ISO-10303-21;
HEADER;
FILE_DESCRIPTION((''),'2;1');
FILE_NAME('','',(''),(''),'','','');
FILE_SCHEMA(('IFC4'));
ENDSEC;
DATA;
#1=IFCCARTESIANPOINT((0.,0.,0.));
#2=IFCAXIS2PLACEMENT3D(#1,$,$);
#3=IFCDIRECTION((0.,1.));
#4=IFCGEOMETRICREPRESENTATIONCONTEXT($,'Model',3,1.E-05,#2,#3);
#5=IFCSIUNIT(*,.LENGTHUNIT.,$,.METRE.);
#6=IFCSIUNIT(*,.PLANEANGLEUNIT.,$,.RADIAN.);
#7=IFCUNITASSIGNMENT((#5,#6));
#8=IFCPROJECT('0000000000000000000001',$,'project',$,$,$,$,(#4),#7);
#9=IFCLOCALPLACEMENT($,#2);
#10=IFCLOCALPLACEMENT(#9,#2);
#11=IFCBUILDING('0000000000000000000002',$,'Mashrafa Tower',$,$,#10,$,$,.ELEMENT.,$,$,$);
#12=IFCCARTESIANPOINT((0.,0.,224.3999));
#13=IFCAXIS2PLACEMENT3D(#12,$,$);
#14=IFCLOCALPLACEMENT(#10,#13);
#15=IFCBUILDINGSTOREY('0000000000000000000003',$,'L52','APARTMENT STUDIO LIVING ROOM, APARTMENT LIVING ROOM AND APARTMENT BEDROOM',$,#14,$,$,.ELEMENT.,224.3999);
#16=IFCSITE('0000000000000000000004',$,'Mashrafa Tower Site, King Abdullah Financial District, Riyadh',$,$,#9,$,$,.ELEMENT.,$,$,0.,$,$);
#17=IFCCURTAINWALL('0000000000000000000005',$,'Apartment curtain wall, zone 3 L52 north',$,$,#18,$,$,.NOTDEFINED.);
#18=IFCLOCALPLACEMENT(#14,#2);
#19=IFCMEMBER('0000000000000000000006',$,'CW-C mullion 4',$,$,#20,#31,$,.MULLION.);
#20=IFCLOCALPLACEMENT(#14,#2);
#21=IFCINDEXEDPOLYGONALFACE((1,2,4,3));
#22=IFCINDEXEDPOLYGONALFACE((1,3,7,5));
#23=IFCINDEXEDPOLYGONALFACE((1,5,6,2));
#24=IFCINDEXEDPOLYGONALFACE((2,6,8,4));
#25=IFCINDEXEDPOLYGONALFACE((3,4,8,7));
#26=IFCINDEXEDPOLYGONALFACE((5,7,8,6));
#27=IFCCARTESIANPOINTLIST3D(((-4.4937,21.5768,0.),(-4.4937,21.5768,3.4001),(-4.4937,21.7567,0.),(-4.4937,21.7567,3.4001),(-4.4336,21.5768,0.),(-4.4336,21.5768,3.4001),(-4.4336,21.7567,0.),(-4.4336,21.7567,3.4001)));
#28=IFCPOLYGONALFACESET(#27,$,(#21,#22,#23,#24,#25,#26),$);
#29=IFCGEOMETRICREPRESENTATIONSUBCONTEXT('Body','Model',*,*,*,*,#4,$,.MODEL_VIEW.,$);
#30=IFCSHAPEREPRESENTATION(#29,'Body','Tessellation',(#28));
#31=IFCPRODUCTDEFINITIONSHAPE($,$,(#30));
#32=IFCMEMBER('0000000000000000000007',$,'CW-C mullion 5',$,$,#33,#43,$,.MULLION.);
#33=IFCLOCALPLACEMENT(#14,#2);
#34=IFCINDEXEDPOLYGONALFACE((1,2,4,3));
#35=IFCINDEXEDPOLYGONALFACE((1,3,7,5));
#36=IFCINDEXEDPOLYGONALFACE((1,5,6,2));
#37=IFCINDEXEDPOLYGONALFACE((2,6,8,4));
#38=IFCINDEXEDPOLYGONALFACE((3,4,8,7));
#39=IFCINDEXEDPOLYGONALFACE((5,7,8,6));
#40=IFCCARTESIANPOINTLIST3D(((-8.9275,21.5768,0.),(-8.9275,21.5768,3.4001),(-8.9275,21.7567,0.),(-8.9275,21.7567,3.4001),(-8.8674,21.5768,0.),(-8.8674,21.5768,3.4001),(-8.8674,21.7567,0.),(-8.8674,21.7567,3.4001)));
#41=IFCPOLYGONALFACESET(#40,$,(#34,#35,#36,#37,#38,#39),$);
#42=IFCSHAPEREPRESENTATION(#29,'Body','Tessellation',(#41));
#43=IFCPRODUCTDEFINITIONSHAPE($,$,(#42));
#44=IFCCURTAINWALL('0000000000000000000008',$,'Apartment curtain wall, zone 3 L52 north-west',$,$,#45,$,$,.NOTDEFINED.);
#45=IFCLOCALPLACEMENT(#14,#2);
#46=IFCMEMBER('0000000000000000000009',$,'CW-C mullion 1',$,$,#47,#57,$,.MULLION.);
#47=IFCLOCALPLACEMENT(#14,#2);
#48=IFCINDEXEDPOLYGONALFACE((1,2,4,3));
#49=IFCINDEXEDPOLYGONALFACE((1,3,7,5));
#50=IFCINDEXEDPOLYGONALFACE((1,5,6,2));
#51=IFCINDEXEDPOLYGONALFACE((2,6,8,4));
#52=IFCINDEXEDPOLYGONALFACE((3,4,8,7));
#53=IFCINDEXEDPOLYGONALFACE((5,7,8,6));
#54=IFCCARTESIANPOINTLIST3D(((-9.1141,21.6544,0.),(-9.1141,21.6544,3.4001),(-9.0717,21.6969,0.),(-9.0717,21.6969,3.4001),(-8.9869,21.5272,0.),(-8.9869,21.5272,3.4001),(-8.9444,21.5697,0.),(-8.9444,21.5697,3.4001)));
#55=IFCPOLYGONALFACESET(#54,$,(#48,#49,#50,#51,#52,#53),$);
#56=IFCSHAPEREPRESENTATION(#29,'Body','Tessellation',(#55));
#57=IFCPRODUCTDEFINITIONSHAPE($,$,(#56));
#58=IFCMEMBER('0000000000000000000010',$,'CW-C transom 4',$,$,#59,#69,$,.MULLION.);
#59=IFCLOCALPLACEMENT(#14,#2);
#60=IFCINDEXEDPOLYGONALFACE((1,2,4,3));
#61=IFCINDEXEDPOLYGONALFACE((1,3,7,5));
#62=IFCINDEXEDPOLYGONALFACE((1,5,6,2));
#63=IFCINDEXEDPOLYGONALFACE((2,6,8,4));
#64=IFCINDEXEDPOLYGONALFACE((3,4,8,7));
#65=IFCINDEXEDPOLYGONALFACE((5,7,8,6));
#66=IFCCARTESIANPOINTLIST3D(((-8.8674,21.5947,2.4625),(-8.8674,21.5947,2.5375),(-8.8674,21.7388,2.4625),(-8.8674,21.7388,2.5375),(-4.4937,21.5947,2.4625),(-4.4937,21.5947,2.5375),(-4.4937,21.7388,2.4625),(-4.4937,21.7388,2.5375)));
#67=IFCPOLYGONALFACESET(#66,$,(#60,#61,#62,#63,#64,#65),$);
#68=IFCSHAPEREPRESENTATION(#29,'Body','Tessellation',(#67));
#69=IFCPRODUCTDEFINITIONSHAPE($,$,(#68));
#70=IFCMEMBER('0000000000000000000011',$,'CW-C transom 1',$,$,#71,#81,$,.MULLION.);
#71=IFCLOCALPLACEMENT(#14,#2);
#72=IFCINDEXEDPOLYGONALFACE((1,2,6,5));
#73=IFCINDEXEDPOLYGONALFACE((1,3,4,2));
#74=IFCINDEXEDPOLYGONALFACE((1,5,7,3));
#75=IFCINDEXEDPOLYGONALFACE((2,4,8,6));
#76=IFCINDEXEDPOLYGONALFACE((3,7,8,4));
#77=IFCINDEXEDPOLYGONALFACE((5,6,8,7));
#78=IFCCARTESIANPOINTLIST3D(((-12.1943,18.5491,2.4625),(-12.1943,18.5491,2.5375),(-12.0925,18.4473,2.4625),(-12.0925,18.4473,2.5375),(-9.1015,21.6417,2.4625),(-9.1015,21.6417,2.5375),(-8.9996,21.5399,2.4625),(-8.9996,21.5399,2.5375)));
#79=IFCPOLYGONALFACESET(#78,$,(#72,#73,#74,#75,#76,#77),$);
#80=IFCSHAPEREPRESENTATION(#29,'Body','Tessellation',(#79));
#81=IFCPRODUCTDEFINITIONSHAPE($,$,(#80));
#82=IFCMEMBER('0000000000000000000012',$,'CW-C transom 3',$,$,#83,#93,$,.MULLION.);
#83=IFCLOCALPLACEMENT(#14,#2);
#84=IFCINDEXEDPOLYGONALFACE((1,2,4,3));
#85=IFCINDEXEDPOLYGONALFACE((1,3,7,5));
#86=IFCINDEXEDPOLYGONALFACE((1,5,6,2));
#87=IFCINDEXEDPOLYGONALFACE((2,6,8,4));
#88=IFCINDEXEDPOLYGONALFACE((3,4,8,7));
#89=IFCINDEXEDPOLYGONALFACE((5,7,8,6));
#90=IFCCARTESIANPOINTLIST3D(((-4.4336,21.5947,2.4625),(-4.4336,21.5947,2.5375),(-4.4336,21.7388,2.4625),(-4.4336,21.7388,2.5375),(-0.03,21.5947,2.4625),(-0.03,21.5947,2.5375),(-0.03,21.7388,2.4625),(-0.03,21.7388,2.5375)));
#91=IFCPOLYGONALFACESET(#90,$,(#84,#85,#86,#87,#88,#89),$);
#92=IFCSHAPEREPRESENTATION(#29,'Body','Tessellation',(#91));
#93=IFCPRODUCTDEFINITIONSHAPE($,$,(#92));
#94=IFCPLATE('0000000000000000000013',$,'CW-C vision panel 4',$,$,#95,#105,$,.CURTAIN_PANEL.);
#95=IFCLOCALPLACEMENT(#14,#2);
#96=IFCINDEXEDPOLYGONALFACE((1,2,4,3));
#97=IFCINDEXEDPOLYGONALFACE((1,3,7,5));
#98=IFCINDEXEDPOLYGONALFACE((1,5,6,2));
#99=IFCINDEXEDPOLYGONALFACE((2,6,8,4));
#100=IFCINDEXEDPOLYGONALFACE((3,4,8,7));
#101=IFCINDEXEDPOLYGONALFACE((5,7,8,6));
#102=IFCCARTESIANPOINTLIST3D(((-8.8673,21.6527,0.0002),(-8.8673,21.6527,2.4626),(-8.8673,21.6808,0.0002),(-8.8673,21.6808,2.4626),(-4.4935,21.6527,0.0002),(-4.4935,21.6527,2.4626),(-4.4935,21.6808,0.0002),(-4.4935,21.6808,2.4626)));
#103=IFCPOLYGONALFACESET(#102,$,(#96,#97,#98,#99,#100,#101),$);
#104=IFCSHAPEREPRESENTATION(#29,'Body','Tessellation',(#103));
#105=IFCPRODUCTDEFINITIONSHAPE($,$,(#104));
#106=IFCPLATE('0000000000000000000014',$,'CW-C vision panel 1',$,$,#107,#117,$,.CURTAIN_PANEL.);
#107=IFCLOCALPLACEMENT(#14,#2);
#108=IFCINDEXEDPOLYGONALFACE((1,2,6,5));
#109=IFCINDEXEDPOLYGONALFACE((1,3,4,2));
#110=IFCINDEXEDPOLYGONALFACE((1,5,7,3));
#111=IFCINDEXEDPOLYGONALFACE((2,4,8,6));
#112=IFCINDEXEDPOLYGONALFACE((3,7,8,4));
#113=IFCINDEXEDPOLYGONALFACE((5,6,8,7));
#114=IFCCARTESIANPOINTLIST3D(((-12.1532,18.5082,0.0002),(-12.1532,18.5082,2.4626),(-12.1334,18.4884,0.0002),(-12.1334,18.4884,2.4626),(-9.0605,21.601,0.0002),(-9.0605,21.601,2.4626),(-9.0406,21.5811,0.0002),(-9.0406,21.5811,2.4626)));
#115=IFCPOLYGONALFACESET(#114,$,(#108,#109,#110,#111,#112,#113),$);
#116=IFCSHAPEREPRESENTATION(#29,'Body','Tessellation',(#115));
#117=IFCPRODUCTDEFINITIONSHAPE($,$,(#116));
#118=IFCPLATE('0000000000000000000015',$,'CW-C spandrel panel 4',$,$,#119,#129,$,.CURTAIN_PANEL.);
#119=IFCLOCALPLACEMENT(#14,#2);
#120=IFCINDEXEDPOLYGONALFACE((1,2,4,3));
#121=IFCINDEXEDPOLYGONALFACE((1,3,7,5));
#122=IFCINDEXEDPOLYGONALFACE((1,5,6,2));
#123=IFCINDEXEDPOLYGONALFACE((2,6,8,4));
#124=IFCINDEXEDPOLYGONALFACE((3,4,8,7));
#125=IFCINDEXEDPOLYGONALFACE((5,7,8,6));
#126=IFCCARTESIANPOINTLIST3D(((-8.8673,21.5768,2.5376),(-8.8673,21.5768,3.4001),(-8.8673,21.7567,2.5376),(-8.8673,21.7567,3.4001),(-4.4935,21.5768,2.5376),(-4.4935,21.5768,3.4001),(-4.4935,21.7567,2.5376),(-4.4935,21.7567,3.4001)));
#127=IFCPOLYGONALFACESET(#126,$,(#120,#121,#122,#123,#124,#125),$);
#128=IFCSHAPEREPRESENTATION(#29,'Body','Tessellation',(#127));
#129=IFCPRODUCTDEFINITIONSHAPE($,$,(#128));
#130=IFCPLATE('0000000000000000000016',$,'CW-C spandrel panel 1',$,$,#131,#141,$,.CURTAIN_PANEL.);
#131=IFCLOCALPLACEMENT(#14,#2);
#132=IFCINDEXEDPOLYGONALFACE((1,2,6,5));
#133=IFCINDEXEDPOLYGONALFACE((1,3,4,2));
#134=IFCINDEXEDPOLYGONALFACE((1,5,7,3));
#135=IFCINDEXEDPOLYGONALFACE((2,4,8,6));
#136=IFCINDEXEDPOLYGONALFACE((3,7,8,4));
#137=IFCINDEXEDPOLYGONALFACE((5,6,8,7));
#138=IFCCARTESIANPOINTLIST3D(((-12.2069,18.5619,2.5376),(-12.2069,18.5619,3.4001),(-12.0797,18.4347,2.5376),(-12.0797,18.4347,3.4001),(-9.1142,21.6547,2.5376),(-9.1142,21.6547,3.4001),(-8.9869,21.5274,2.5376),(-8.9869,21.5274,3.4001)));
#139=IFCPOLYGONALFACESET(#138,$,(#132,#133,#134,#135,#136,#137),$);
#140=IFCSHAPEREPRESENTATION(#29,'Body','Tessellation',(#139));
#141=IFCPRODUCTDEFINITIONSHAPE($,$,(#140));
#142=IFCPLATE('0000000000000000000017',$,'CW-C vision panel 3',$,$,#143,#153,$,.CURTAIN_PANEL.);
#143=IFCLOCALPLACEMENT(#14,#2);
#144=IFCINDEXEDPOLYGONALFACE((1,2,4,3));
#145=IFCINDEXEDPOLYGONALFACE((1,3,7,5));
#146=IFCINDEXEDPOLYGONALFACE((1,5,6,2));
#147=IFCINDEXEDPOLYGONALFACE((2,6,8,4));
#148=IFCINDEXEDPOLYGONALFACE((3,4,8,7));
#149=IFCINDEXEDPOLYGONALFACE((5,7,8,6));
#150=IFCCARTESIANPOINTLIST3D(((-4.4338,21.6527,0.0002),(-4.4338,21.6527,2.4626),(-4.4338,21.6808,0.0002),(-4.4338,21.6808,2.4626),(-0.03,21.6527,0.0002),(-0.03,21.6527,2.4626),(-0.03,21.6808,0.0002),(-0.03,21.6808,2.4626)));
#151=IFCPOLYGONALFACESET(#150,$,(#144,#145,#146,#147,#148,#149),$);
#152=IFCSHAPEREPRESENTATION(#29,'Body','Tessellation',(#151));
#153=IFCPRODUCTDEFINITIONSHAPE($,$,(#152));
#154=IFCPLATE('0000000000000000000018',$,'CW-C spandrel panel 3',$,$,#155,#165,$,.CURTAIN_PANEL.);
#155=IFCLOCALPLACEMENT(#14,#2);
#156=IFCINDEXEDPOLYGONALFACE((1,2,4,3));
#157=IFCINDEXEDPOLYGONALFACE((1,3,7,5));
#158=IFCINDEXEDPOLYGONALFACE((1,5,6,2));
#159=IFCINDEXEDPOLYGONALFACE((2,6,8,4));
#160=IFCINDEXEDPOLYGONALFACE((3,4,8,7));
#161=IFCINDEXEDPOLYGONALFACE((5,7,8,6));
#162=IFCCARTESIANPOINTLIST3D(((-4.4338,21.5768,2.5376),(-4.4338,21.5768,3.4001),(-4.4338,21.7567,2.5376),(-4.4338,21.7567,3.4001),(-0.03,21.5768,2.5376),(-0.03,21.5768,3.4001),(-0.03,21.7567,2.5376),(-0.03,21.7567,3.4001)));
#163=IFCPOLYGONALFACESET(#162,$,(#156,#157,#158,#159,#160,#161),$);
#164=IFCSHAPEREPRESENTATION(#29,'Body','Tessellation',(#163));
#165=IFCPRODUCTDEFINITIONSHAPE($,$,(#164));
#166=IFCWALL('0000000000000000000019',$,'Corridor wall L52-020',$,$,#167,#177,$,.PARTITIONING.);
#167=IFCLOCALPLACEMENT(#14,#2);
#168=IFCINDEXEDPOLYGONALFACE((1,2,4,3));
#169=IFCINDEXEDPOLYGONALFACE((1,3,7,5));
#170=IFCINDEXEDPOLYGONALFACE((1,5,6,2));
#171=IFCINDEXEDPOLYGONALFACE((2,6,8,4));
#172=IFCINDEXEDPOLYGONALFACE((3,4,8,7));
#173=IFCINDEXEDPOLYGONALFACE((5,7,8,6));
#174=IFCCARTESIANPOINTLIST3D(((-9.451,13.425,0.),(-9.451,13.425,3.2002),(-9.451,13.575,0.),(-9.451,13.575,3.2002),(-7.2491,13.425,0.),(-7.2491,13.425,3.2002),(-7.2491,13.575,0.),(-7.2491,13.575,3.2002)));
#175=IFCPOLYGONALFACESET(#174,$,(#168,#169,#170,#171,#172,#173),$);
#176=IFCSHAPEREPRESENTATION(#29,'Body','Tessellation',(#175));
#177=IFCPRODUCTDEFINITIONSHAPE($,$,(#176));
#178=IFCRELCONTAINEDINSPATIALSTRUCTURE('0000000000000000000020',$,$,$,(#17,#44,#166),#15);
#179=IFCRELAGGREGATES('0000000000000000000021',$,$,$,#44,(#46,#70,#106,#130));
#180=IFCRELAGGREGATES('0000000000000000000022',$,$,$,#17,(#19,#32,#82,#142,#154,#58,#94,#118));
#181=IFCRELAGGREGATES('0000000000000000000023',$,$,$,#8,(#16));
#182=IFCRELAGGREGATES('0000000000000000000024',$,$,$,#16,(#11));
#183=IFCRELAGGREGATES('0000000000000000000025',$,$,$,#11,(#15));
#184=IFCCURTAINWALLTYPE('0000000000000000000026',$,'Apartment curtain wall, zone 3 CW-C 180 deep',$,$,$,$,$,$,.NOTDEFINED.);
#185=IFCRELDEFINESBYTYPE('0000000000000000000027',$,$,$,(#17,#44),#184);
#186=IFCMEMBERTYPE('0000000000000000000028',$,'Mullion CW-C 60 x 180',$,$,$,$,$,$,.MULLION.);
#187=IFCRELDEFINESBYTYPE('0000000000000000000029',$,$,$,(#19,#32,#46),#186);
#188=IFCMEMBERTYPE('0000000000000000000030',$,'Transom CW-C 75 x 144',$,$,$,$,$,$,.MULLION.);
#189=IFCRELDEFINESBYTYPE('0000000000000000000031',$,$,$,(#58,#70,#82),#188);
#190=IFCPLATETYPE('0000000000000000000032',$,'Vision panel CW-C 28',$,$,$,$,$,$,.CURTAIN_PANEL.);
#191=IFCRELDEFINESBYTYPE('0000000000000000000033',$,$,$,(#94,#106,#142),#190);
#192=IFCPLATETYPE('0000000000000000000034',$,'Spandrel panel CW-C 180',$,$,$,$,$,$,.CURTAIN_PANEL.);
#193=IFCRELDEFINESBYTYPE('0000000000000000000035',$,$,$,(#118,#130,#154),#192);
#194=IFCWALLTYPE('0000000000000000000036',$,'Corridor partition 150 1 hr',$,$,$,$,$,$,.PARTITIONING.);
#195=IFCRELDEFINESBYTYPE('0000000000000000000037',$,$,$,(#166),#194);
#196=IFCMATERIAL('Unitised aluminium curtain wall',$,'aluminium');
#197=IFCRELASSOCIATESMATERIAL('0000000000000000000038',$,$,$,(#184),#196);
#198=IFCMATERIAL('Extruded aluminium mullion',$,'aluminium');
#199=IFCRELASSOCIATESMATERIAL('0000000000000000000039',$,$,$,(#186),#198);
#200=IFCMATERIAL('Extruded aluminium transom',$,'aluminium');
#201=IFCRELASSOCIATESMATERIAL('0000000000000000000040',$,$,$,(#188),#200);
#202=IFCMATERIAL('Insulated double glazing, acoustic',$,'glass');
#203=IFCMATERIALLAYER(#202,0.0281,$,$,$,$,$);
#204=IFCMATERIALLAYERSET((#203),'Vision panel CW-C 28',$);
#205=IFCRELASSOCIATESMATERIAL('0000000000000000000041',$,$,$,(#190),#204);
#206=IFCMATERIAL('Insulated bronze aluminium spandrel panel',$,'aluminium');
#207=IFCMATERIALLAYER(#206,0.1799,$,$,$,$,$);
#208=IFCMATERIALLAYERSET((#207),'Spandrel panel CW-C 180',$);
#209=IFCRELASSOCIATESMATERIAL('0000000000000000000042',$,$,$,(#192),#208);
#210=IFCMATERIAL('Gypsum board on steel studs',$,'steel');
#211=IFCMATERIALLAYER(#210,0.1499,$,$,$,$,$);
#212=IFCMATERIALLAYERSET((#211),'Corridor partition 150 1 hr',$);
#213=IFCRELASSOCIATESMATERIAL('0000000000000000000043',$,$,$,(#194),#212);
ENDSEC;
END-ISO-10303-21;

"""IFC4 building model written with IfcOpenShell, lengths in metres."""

from ifc_helpers import new_model, si_unit, direction, frame, frame_2d, origin, origin_2d, place, context, subcontext, project, spatial, rectangle, extrude, source, transform, mapped, material, layer, layer_set, material_profile, profile_set, type_object, type_shapes, element, aggregate, save


model = new_model("IFC4")

# Units and contexts
model_context = context("Model", 3, precision=1e-05, world=origin(), true_north=direction((0.0, 1.0)))
body_context = subcontext(model_context, "Body", "Model", "MODEL_VIEW")
ifc_project = project(units=[si_unit("LENGTHUNIT", "METRE"), si_unit("PLANEANGLEUNIT", "RADIAN")], contexts=[model_context])

# Site, building, storey
site_placement = place(None, origin())
site = spatial("IfcSite", under=ifc_project, at=site_placement, Name="Mashrafa Tower Site, King Abdullah Financial District, Riyadh", CompositionType="ELEMENT", RefElevation=0.0)
building_placement = place(site_placement, origin())
building = spatial("IfcBuilding", under=site, at=building_placement, Name="Mashrafa Tower", CompositionType="ELEMENT")
storey_placement = place(building_placement, frame((0.0, 0.0, 224.3999)))
storey = spatial("IfcBuildingStorey", under=building, at=storey_placement, Name="L52", Description="APARTMENT STUDIO LIVING ROOM, APARTMENT LIVING ROOM AND APARTMENT BEDROOM", CompositionType="ELEMENT", Elevation=224.3999)

# Curtain wall, members
ifc_material_1 = material(Name="Unitised aluminium curtain wall", Category="aluminium")
curtain_wall_type = type_object("IfcCurtainWallType", Name="Apartment curtain wall, zone 3 CW-C 180 deep", PredefinedType="NOTDEFINED", material=ifc_material_1)
curtain_wall_1_placement = place(storey_placement, origin())
curtain_wall_1 = element("IfcCurtainWall", 1, at=curtain_wall_1_placement, inside=storey, type_object=curtain_wall_type, Name="Apartment curtain wall, zone 3 L52 north", PredefinedType="NOTDEFINED")
ifc_material_2 = material(Name="Extruded aluminium mullion", Category="aluminium")
ifc_material_profile_1 = material_profile(ifc_material_2, rectangle(XDim=0.1799, YDim=0.0601, at=origin_2d()), Name="Mullion 60x180")
ifc_profile_set_1 = profile_set([ifc_material_profile_1], Name="Extruded aluminium mullion")
member_type_1 = type_object("IfcMemberType", Name="Mullion CW-C 60 x 180", PredefinedType="MULLION", material=ifc_profile_set_1)
shared_shape_1 = source(origin(), body_context, "Body", "SweptSolid", [
    extrude(rectangle(XDim=0.1799, YDim=0.0601, at=origin_2d()), origin(), (0.0, 0.0, 1.0), 3.4001),
])
type_shapes(member_type_1, [shared_shape_1])
member_1_placement = place(storey_placement, frame((-4.4636, 21.6667, 0.0), z_axis=(0.0, 0.0, 1.0), x_axis=(0.0, -1.0, 0.0)))
member_1 = element("IfcMember", 2, at=member_1_placement, type_object=member_type_1, Name="CW-C mullion 4", PredefinedType="MULLION", context=body_context, shape_type="MappedRepresentation", body=[
    mapped(shared_shape_1, transform((0.0, 0.0, 0.0))),
])
member_2_placement = place(storey_placement, frame((-8.8975, 21.6667, 0.0), z_axis=(0.0, 0.0, 1.0), x_axis=(0.0, -1.0, 0.0)))
member_2 = element("IfcMember", 3, at=member_2_placement, type_object=member_type_1, Name="CW-C mullion 5", PredefinedType="MULLION", context=body_context, shape_type="MappedRepresentation", body=[
    mapped(shared_shape_1, transform((0.0, 0.0, 0.0))),
])

# Curtain wall, member
curtain_wall_2_placement = place(storey_placement, origin())
curtain_wall_2 = element("IfcCurtainWall", 4, at=curtain_wall_2_placement, inside=storey, type_object=curtain_wall_type, Name="Apartment curtain wall, zone 3 L52 north-west", PredefinedType="NOTDEFINED")
member_3_placement = place(storey_placement, frame((-9.0293, 21.6121, 0.0), z_axis=(0.0, 0.0, 1.0), x_axis=(0.707107, -0.707107, 0.0)))
member_3 = element("IfcMember", 5, at=member_3_placement, type_object=member_type_1, Name="CW-C mullion 1", PredefinedType="MULLION", context=body_context, shape_type="MappedRepresentation", body=[
    mapped(shared_shape_1, transform((0.0, 0.0, 0.0))),
])

# Members
ifc_material_3 = material(Name="Extruded aluminium transom", Category="aluminium")
ifc_material_profile_2 = material_profile(ifc_material_3, rectangle(XDim=0.144, YDim=0.075, at=origin_2d()), Name="Transom 75x144")
ifc_profile_set_2 = profile_set([ifc_material_profile_2], Name="Extruded aluminium transom")
member_type_2 = type_object("IfcMemberType", Name="Transom CW-C 75 x 144", PredefinedType="MULLION", material=ifc_profile_set_2)
shared_shape_2 = source(origin(), body_context, "Body", "SweptSolid", [
    extrude(rectangle(XDim=0.144, YDim=0.075, at=origin_2d()), origin(), (0.0, 0.0, 1.0), 4.3738),
])
member_4_placement = place(storey_placement, frame((-4.4937, 21.6667, 2.5), z_axis=(-1.0, 0.0, 0.0), x_axis=(0.0, -1.0, 0.0)))
member_4 = element("IfcMember", 6, at=member_4_placement, type_object=member_type_2, Name="CW-C transom 4", PredefinedType="MULLION", context=body_context, shape_type="MappedRepresentation", body=[
    mapped(shared_shape_2, transform((0.0, 0.0, 0.0))),
])
member_5_placement = place(storey_placement, frame((-9.0505, 21.5908, 2.5), z_axis=(-0.707135, -0.707079, 0.0), x_axis=(0.707079, -0.707135, 0.0)))
member_5 = element("IfcMember", 7, at=member_5_placement, type_object=member_type_2, Name="CW-C transom 1", PredefinedType="MULLION", context=body_context, shape_type="MappedRepresentation", body=[
    mapped(shared_shape_2, transform((0.0, 0.0, 0.0))),
])
shared_shape_3 = source(origin(), body_context, "Body", "SweptSolid", [
    extrude(rectangle(XDim=0.144, YDim=0.075, at=origin_2d()), origin(), (0.0, 0.0, 1.0), 4.4036),
])
type_shapes(member_type_2, [shared_shape_2, shared_shape_3])
member_6_placement = place(storey_placement, frame((-0.03, 21.6667, 2.5), z_axis=(-1.0, 0.0, 0.0), x_axis=(0.0, -1.0, 0.0)))
member_6 = element("IfcMember", 8, at=member_6_placement, type_object=member_type_2, Name="CW-C transom 3", PredefinedType="MULLION", context=body_context, shape_type="MappedRepresentation", body=[
    mapped(shared_shape_3, transform((0.0, 0.0, 0.0))),
])

# Plates
ifc_material_4 = material(Name="Insulated double glazing, acoustic", Category="glass")
ifc_layer_1 = layer(ifc_material_4, 0.0281)
ifc_layer_set_1 = layer_set([ifc_layer_1], Name="Vision panel CW-C 28")
plate_type_1 = type_object("IfcPlateType", Name="Vision panel CW-C 28", PredefinedType="CURTAIN_PANEL", material=ifc_layer_set_1)
shared_shape_4 = source(origin(), body_context, "Body", "SweptSolid", [
    extrude(rectangle(XDim=4.3738, YDim=0.0281, at=origin_2d()), origin(), (0.0, 0.0, 1.0), 2.4624),
])
plate_1_placement = place(storey_placement, frame((-6.6804, 21.6667, 0.0002), z_axis=(0.0, 0.0, 1.0), x_axis=(-1.0, 0.0, 0.0)))
plate_1 = element("IfcPlate", 9, at=plate_1_placement, type_object=plate_type_1, Name="CW-C vision panel 4", PredefinedType="CURTAIN_PANEL", context=body_context, shape_type="MappedRepresentation", body=[
    mapped(shared_shape_4, transform((0.0, 0.0, 0.0))),
])
plate_2_placement = place(storey_placement, frame((-10.5969, 20.0447, 0.0002), z_axis=(0.0, 0.0, 1.0), x_axis=(-0.707107, -0.707107, 0.0)))
plate_2 = element("IfcPlate", 10, at=plate_2_placement, type_object=plate_type_1, Name="CW-C vision panel 1", PredefinedType="CURTAIN_PANEL", context=body_context, shape_type="MappedRepresentation", body=[
    mapped(shared_shape_4, transform((0.0, 0.0, 0.0))),
])
ifc_material_5 = material(Name="Insulated bronze aluminium spandrel panel", Category="aluminium")
ifc_layer_2 = layer(ifc_material_5, 0.1799)
ifc_layer_set_2 = layer_set([ifc_layer_2], Name="Spandrel panel CW-C 180")
plate_type_2 = type_object("IfcPlateType", Name="Spandrel panel CW-C 180", PredefinedType="CURTAIN_PANEL", material=ifc_layer_set_2)
shared_shape_5 = source(origin(), body_context, "Body", "SweptSolid", [
    extrude(rectangle(XDim=4.3738, YDim=0.1799, at=origin_2d()), origin(), (0.0, 0.0, 1.0), 0.8625),
])
plate_3_placement = place(storey_placement, frame((-6.6804, 21.6667, 2.5376), z_axis=(0.0, 0.0, 1.0), x_axis=(-1.0, 0.0, 0.0)))
plate_3 = element("IfcPlate", 11, at=plate_3_placement, type_object=plate_type_2, Name="CW-C spandrel panel 4", PredefinedType="CURTAIN_PANEL", context=body_context, shape_type="MappedRepresentation", body=[
    mapped(shared_shape_5, transform((0.0, 0.0, 0.0))),
])
plate_4_placement = place(storey_placement, frame((-10.5969, 20.0447, 2.5376), z_axis=(0.0, 0.0, 1.0), x_axis=(-0.707107, -0.707107, 0.0)))
plate_4 = element("IfcPlate", 12, at=plate_4_placement, type_object=plate_type_2, Name="CW-C spandrel panel 1", PredefinedType="CURTAIN_PANEL", context=body_context, shape_type="MappedRepresentation", body=[
    mapped(shared_shape_5, transform((0.0, 0.0, 0.0))),
])
aggregate(curtain_wall_2, [member_3, member_5, plate_2, plate_4])
shared_shape_6 = source(origin(), body_context, "Body", "SweptSolid", [
    extrude(rectangle(XDim=4.4038, YDim=0.0281, at=origin_2d()), origin(), (0.0, 0.0, 1.0), 2.4624),
])
type_shapes(plate_type_1, [shared_shape_4, shared_shape_6])
plate_5_placement = place(storey_placement, frame((-2.2319, 21.6667, 0.0002), z_axis=(0.0, 0.0, 1.0), x_axis=(-1.0, 0.0, 0.0)))
plate_5 = element("IfcPlate", 13, at=plate_5_placement, type_object=plate_type_1, Name="CW-C vision panel 3", PredefinedType="CURTAIN_PANEL", context=body_context, shape_type="MappedRepresentation", body=[
    mapped(shared_shape_6, transform((0.0, 0.0, 0.0))),
])
shared_shape_7 = source(origin(), body_context, "Body", "SweptSolid", [
    extrude(rectangle(XDim=4.4038, YDim=0.1799, at=origin_2d()), origin(), (0.0, 0.0, 1.0), 0.8625),
])
type_shapes(plate_type_2, [shared_shape_5, shared_shape_7])
plate_6_placement = place(storey_placement, frame((-2.2319, 21.6667, 2.5376), z_axis=(0.0, 0.0, 1.0), x_axis=(-1.0, 0.0, 0.0)))
plate_6 = element("IfcPlate", 14, at=plate_6_placement, type_object=plate_type_2, Name="CW-C spandrel panel 3", PredefinedType="CURTAIN_PANEL", context=body_context, shape_type="MappedRepresentation", body=[
    mapped(shared_shape_7, transform((0.0, 0.0, 0.0))),
])
aggregate(curtain_wall_1, [member_1, member_2, member_6, plate_5, plate_6, member_4, plate_1, plate_3])

# Wall
ifc_material_6 = material(Name="Gypsum board on steel studs", Category="steel")
ifc_layer_3 = layer(ifc_material_6, 0.1499)
ifc_layer_set_3 = layer_set([ifc_layer_3], Name="Corridor partition 150 1 hr")
wall_type_1 = type_object("IfcWallType", Name="Corridor partition 150 1 hr", PredefinedType="PARTITIONING", material=ifc_layer_set_3)
wall_1_placement = place(storey_placement, frame((-7.249, 13.5, 0.0), z_axis=(0.0, 0.0, 1.0), x_axis=(-1.0, 0.0, 0.0)))
element("IfcWall", 15, at=wall_1_placement, inside=storey, type_object=wall_type_1, Name="Corridor wall L52-020", PredefinedType="PARTITIONING", context=body_context, shape_type="SweptSolid", body=[
    extrude(rectangle(XDim=2.2019, YDim=0.1499, at=frame_2d((1.1011, 0.0))), origin(), (0.0, 0.0, 1.0), 3.2002),
])

save(model, "model.ifc")
